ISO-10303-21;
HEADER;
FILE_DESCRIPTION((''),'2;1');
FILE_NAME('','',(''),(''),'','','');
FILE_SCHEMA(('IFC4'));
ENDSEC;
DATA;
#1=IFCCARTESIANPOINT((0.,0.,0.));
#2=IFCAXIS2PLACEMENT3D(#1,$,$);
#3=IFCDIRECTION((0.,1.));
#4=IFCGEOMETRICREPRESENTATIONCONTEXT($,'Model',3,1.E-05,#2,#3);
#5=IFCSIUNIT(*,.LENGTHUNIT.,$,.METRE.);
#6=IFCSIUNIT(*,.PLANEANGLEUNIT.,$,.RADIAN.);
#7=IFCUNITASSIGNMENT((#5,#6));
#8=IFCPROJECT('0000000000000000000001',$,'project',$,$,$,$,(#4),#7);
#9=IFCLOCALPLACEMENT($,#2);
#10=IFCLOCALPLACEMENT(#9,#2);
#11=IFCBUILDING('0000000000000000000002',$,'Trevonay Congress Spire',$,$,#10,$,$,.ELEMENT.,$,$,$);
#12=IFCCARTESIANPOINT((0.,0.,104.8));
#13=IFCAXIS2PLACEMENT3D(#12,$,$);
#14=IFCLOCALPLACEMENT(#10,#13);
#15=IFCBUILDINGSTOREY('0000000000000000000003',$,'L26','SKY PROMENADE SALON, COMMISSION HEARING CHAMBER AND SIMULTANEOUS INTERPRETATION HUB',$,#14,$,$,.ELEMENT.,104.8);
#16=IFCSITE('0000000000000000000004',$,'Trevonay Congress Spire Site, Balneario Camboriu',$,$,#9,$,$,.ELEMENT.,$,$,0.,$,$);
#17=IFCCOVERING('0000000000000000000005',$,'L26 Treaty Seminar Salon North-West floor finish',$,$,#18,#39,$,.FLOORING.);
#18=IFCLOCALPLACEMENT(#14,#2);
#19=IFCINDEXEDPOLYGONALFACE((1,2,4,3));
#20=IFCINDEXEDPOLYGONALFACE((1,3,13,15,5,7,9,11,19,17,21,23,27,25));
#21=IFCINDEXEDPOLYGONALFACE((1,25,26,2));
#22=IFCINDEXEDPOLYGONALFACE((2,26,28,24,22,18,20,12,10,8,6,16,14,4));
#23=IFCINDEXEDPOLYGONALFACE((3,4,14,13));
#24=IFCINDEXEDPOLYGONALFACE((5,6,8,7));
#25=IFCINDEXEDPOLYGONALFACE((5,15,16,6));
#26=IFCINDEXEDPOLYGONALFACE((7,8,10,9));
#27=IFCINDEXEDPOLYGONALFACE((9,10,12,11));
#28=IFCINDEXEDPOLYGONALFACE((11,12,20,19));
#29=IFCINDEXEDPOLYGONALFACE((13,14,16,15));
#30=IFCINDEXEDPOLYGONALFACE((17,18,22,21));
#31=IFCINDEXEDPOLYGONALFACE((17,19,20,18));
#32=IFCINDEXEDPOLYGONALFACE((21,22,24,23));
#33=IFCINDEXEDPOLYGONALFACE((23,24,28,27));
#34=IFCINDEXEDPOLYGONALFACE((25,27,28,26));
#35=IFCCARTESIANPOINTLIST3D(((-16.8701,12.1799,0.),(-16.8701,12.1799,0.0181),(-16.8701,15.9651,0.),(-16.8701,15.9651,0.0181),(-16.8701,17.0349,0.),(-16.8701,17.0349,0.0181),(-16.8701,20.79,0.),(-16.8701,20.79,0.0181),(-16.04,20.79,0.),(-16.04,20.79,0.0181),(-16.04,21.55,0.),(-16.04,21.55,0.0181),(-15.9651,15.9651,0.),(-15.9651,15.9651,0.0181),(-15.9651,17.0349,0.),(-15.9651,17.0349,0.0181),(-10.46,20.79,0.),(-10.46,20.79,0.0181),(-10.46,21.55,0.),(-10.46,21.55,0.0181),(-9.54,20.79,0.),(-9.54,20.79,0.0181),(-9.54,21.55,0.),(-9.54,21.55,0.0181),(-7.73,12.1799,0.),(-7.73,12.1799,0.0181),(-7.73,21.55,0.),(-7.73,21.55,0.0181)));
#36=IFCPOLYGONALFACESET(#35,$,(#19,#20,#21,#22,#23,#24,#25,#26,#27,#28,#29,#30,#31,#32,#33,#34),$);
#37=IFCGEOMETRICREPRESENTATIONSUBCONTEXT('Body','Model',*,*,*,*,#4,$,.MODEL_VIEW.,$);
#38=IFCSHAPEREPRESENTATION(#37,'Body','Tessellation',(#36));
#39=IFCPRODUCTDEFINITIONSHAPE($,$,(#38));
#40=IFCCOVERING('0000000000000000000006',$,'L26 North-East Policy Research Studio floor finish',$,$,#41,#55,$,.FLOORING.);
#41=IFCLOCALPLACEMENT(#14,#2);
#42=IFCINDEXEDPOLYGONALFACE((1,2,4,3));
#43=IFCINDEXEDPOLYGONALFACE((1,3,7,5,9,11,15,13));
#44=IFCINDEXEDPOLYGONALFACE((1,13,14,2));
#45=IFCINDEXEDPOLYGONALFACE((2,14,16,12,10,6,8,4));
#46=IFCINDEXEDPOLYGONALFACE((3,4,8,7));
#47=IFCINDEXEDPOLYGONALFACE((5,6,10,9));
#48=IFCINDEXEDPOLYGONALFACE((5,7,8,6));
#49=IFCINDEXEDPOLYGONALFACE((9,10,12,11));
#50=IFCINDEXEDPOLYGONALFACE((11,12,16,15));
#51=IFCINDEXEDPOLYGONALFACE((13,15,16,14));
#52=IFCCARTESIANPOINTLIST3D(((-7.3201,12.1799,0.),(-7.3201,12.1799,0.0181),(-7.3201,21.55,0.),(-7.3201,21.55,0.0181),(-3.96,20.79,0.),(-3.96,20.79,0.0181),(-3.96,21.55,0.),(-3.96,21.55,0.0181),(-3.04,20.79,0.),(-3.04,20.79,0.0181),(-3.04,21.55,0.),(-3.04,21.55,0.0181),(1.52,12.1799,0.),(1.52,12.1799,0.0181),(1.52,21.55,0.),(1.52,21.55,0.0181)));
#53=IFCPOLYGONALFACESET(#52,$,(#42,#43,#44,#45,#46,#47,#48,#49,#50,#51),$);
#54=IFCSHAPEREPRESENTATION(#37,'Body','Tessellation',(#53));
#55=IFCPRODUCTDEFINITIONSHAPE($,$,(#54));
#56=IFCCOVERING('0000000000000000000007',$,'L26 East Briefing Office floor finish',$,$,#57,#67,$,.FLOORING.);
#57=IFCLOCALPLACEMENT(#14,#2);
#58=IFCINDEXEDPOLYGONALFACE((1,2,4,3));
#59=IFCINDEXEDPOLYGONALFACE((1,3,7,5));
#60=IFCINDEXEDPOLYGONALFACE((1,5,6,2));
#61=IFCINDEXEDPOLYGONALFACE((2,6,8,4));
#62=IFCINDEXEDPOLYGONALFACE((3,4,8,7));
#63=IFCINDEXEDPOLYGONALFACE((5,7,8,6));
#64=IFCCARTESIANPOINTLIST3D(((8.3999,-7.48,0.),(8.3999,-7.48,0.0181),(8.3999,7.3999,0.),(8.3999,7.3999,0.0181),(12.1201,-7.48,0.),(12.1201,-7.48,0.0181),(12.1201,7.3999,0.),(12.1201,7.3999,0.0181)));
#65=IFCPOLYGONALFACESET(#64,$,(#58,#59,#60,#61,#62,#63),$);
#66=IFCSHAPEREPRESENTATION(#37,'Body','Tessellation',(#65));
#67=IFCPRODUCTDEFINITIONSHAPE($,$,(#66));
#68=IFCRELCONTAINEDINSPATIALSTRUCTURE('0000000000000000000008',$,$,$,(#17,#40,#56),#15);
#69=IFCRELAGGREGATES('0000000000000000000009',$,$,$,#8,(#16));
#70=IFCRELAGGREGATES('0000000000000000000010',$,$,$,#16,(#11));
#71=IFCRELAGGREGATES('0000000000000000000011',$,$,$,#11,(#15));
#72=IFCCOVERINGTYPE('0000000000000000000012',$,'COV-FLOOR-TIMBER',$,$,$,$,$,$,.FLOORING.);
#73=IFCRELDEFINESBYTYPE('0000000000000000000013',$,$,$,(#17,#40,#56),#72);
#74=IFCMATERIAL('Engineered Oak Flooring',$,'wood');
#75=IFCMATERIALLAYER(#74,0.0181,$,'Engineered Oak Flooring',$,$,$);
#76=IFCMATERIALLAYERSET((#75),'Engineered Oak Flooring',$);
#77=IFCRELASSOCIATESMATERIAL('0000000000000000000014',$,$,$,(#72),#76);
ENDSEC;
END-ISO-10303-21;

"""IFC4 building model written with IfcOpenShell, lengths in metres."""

from ifc_helpers import new_model, si_unit, direction, frame, origin, place, context, subcontext, project, spatial, polyline, outline, extrude, material, layer, layer_set, type_object, element, save


model = new_model("IFC4")

# Units and contexts
model_context = context("Model", 3, precision=1e-05, world=origin(), true_north=direction((0.0, 1.0)))
body_context = subcontext(model_context, "Body", "Model", "MODEL_VIEW")
ifc_project = project(units=[si_unit("LENGTHUNIT", "METRE"), si_unit("PLANEANGLEUNIT", "RADIAN")], contexts=[model_context])

# Site, building, storey
site_placement = place(None, origin())
site = spatial("IfcSite", under=ifc_project, at=site_placement, Name="Trevonay Congress Spire Site, Balneario Camboriu", CompositionType="ELEMENT", RefElevation=0.0)
building_placement = place(site_placement, origin())
building = spatial("IfcBuilding", under=site, at=building_placement, Name="Trevonay Congress Spire", CompositionType="ELEMENT")
storey_placement = place(building_placement, frame((0.0, 0.0, 104.8)))
storey = spatial("IfcBuildingStorey", under=building, at=storey_placement, Name="L26", Description="SKY PROMENADE SALON, COMMISSION HEARING CHAMBER AND SIMULTANEOUS INTERPRETATION HUB", CompositionType="ELEMENT", Elevation=104.8)

# Coverings
ifc_material_1 = material(Name="Engineered Oak Flooring", Category="wood")
ifc_layer_1 = layer(ifc_material_1, 0.0181, Name="Engineered Oak Flooring")
ifc_layer_set_1 = layer_set([ifc_layer_1], Name="Engineered Oak Flooring")
covering_type_1 = type_object("IfcCoveringType", Name="COV-FLOOR-TIMBER", PredefinedType="FLOORING", material=ifc_layer_set_1)
covering_1_placement = place(storey_placement, origin())
element("IfcCovering", 1, at=covering_1_placement, inside=storey, type_object=covering_type_1, Name="L26 Treaty Seminar Salon North-West floor finish", PredefinedType="FLOORING", context=body_context, shape_type="SweptSolid", body=[
    extrude(outline(polyline([(-7.73, 21.55), (-7.73, 12.1799), (-16.8701, 12.1799), (-16.8701, 15.9651), (-15.9651, 15.9651), (-15.9651, 17.0349), (-16.8701, 17.0349), (-16.8701, 20.79), (-16.04, 20.79), (-16.04, 21.55), (-10.46, 21.55), (-10.46, 20.79), (-9.54, 20.79), (-9.54, 21.55), (-7.73, 21.55)])), origin(), (0.0, 0.0, 1.0), 0.0181),
])
covering_2_placement = place(storey_placement, origin())
element("IfcCovering", 2, at=covering_2_placement, inside=storey, type_object=covering_type_1, Name="L26 North-East Policy Research Studio floor finish", PredefinedType="FLOORING", context=body_context, shape_type="SweptSolid", body=[
    extrude(outline(polyline([(1.52, 21.55), (1.52, 12.1799), (-7.3201, 12.1799), (-7.3201, 21.55), (-3.96, 21.55), (-3.96, 20.79), (-3.04, 20.79), (-3.04, 21.55), (1.52, 21.55)])), origin(), (0.0, 0.0, 1.0), 0.0181),
])
covering_3_placement = place(storey_placement, origin())
element("IfcCovering", 3, at=covering_3_placement, inside=storey, type_object=covering_type_1, Name="L26 East Briefing Office floor finish", PredefinedType="FLOORING", context=body_context, shape_type="SweptSolid", body=[
    extrude(outline(polyline([(8.3999, -7.48), (12.1201, -7.48), (12.1201, 7.3999), (8.3999, 7.3999), (8.3999, -7.48)])), origin(), (0.0, 0.0, 1.0), 0.0181),
])

save(model, "model.ifc")
